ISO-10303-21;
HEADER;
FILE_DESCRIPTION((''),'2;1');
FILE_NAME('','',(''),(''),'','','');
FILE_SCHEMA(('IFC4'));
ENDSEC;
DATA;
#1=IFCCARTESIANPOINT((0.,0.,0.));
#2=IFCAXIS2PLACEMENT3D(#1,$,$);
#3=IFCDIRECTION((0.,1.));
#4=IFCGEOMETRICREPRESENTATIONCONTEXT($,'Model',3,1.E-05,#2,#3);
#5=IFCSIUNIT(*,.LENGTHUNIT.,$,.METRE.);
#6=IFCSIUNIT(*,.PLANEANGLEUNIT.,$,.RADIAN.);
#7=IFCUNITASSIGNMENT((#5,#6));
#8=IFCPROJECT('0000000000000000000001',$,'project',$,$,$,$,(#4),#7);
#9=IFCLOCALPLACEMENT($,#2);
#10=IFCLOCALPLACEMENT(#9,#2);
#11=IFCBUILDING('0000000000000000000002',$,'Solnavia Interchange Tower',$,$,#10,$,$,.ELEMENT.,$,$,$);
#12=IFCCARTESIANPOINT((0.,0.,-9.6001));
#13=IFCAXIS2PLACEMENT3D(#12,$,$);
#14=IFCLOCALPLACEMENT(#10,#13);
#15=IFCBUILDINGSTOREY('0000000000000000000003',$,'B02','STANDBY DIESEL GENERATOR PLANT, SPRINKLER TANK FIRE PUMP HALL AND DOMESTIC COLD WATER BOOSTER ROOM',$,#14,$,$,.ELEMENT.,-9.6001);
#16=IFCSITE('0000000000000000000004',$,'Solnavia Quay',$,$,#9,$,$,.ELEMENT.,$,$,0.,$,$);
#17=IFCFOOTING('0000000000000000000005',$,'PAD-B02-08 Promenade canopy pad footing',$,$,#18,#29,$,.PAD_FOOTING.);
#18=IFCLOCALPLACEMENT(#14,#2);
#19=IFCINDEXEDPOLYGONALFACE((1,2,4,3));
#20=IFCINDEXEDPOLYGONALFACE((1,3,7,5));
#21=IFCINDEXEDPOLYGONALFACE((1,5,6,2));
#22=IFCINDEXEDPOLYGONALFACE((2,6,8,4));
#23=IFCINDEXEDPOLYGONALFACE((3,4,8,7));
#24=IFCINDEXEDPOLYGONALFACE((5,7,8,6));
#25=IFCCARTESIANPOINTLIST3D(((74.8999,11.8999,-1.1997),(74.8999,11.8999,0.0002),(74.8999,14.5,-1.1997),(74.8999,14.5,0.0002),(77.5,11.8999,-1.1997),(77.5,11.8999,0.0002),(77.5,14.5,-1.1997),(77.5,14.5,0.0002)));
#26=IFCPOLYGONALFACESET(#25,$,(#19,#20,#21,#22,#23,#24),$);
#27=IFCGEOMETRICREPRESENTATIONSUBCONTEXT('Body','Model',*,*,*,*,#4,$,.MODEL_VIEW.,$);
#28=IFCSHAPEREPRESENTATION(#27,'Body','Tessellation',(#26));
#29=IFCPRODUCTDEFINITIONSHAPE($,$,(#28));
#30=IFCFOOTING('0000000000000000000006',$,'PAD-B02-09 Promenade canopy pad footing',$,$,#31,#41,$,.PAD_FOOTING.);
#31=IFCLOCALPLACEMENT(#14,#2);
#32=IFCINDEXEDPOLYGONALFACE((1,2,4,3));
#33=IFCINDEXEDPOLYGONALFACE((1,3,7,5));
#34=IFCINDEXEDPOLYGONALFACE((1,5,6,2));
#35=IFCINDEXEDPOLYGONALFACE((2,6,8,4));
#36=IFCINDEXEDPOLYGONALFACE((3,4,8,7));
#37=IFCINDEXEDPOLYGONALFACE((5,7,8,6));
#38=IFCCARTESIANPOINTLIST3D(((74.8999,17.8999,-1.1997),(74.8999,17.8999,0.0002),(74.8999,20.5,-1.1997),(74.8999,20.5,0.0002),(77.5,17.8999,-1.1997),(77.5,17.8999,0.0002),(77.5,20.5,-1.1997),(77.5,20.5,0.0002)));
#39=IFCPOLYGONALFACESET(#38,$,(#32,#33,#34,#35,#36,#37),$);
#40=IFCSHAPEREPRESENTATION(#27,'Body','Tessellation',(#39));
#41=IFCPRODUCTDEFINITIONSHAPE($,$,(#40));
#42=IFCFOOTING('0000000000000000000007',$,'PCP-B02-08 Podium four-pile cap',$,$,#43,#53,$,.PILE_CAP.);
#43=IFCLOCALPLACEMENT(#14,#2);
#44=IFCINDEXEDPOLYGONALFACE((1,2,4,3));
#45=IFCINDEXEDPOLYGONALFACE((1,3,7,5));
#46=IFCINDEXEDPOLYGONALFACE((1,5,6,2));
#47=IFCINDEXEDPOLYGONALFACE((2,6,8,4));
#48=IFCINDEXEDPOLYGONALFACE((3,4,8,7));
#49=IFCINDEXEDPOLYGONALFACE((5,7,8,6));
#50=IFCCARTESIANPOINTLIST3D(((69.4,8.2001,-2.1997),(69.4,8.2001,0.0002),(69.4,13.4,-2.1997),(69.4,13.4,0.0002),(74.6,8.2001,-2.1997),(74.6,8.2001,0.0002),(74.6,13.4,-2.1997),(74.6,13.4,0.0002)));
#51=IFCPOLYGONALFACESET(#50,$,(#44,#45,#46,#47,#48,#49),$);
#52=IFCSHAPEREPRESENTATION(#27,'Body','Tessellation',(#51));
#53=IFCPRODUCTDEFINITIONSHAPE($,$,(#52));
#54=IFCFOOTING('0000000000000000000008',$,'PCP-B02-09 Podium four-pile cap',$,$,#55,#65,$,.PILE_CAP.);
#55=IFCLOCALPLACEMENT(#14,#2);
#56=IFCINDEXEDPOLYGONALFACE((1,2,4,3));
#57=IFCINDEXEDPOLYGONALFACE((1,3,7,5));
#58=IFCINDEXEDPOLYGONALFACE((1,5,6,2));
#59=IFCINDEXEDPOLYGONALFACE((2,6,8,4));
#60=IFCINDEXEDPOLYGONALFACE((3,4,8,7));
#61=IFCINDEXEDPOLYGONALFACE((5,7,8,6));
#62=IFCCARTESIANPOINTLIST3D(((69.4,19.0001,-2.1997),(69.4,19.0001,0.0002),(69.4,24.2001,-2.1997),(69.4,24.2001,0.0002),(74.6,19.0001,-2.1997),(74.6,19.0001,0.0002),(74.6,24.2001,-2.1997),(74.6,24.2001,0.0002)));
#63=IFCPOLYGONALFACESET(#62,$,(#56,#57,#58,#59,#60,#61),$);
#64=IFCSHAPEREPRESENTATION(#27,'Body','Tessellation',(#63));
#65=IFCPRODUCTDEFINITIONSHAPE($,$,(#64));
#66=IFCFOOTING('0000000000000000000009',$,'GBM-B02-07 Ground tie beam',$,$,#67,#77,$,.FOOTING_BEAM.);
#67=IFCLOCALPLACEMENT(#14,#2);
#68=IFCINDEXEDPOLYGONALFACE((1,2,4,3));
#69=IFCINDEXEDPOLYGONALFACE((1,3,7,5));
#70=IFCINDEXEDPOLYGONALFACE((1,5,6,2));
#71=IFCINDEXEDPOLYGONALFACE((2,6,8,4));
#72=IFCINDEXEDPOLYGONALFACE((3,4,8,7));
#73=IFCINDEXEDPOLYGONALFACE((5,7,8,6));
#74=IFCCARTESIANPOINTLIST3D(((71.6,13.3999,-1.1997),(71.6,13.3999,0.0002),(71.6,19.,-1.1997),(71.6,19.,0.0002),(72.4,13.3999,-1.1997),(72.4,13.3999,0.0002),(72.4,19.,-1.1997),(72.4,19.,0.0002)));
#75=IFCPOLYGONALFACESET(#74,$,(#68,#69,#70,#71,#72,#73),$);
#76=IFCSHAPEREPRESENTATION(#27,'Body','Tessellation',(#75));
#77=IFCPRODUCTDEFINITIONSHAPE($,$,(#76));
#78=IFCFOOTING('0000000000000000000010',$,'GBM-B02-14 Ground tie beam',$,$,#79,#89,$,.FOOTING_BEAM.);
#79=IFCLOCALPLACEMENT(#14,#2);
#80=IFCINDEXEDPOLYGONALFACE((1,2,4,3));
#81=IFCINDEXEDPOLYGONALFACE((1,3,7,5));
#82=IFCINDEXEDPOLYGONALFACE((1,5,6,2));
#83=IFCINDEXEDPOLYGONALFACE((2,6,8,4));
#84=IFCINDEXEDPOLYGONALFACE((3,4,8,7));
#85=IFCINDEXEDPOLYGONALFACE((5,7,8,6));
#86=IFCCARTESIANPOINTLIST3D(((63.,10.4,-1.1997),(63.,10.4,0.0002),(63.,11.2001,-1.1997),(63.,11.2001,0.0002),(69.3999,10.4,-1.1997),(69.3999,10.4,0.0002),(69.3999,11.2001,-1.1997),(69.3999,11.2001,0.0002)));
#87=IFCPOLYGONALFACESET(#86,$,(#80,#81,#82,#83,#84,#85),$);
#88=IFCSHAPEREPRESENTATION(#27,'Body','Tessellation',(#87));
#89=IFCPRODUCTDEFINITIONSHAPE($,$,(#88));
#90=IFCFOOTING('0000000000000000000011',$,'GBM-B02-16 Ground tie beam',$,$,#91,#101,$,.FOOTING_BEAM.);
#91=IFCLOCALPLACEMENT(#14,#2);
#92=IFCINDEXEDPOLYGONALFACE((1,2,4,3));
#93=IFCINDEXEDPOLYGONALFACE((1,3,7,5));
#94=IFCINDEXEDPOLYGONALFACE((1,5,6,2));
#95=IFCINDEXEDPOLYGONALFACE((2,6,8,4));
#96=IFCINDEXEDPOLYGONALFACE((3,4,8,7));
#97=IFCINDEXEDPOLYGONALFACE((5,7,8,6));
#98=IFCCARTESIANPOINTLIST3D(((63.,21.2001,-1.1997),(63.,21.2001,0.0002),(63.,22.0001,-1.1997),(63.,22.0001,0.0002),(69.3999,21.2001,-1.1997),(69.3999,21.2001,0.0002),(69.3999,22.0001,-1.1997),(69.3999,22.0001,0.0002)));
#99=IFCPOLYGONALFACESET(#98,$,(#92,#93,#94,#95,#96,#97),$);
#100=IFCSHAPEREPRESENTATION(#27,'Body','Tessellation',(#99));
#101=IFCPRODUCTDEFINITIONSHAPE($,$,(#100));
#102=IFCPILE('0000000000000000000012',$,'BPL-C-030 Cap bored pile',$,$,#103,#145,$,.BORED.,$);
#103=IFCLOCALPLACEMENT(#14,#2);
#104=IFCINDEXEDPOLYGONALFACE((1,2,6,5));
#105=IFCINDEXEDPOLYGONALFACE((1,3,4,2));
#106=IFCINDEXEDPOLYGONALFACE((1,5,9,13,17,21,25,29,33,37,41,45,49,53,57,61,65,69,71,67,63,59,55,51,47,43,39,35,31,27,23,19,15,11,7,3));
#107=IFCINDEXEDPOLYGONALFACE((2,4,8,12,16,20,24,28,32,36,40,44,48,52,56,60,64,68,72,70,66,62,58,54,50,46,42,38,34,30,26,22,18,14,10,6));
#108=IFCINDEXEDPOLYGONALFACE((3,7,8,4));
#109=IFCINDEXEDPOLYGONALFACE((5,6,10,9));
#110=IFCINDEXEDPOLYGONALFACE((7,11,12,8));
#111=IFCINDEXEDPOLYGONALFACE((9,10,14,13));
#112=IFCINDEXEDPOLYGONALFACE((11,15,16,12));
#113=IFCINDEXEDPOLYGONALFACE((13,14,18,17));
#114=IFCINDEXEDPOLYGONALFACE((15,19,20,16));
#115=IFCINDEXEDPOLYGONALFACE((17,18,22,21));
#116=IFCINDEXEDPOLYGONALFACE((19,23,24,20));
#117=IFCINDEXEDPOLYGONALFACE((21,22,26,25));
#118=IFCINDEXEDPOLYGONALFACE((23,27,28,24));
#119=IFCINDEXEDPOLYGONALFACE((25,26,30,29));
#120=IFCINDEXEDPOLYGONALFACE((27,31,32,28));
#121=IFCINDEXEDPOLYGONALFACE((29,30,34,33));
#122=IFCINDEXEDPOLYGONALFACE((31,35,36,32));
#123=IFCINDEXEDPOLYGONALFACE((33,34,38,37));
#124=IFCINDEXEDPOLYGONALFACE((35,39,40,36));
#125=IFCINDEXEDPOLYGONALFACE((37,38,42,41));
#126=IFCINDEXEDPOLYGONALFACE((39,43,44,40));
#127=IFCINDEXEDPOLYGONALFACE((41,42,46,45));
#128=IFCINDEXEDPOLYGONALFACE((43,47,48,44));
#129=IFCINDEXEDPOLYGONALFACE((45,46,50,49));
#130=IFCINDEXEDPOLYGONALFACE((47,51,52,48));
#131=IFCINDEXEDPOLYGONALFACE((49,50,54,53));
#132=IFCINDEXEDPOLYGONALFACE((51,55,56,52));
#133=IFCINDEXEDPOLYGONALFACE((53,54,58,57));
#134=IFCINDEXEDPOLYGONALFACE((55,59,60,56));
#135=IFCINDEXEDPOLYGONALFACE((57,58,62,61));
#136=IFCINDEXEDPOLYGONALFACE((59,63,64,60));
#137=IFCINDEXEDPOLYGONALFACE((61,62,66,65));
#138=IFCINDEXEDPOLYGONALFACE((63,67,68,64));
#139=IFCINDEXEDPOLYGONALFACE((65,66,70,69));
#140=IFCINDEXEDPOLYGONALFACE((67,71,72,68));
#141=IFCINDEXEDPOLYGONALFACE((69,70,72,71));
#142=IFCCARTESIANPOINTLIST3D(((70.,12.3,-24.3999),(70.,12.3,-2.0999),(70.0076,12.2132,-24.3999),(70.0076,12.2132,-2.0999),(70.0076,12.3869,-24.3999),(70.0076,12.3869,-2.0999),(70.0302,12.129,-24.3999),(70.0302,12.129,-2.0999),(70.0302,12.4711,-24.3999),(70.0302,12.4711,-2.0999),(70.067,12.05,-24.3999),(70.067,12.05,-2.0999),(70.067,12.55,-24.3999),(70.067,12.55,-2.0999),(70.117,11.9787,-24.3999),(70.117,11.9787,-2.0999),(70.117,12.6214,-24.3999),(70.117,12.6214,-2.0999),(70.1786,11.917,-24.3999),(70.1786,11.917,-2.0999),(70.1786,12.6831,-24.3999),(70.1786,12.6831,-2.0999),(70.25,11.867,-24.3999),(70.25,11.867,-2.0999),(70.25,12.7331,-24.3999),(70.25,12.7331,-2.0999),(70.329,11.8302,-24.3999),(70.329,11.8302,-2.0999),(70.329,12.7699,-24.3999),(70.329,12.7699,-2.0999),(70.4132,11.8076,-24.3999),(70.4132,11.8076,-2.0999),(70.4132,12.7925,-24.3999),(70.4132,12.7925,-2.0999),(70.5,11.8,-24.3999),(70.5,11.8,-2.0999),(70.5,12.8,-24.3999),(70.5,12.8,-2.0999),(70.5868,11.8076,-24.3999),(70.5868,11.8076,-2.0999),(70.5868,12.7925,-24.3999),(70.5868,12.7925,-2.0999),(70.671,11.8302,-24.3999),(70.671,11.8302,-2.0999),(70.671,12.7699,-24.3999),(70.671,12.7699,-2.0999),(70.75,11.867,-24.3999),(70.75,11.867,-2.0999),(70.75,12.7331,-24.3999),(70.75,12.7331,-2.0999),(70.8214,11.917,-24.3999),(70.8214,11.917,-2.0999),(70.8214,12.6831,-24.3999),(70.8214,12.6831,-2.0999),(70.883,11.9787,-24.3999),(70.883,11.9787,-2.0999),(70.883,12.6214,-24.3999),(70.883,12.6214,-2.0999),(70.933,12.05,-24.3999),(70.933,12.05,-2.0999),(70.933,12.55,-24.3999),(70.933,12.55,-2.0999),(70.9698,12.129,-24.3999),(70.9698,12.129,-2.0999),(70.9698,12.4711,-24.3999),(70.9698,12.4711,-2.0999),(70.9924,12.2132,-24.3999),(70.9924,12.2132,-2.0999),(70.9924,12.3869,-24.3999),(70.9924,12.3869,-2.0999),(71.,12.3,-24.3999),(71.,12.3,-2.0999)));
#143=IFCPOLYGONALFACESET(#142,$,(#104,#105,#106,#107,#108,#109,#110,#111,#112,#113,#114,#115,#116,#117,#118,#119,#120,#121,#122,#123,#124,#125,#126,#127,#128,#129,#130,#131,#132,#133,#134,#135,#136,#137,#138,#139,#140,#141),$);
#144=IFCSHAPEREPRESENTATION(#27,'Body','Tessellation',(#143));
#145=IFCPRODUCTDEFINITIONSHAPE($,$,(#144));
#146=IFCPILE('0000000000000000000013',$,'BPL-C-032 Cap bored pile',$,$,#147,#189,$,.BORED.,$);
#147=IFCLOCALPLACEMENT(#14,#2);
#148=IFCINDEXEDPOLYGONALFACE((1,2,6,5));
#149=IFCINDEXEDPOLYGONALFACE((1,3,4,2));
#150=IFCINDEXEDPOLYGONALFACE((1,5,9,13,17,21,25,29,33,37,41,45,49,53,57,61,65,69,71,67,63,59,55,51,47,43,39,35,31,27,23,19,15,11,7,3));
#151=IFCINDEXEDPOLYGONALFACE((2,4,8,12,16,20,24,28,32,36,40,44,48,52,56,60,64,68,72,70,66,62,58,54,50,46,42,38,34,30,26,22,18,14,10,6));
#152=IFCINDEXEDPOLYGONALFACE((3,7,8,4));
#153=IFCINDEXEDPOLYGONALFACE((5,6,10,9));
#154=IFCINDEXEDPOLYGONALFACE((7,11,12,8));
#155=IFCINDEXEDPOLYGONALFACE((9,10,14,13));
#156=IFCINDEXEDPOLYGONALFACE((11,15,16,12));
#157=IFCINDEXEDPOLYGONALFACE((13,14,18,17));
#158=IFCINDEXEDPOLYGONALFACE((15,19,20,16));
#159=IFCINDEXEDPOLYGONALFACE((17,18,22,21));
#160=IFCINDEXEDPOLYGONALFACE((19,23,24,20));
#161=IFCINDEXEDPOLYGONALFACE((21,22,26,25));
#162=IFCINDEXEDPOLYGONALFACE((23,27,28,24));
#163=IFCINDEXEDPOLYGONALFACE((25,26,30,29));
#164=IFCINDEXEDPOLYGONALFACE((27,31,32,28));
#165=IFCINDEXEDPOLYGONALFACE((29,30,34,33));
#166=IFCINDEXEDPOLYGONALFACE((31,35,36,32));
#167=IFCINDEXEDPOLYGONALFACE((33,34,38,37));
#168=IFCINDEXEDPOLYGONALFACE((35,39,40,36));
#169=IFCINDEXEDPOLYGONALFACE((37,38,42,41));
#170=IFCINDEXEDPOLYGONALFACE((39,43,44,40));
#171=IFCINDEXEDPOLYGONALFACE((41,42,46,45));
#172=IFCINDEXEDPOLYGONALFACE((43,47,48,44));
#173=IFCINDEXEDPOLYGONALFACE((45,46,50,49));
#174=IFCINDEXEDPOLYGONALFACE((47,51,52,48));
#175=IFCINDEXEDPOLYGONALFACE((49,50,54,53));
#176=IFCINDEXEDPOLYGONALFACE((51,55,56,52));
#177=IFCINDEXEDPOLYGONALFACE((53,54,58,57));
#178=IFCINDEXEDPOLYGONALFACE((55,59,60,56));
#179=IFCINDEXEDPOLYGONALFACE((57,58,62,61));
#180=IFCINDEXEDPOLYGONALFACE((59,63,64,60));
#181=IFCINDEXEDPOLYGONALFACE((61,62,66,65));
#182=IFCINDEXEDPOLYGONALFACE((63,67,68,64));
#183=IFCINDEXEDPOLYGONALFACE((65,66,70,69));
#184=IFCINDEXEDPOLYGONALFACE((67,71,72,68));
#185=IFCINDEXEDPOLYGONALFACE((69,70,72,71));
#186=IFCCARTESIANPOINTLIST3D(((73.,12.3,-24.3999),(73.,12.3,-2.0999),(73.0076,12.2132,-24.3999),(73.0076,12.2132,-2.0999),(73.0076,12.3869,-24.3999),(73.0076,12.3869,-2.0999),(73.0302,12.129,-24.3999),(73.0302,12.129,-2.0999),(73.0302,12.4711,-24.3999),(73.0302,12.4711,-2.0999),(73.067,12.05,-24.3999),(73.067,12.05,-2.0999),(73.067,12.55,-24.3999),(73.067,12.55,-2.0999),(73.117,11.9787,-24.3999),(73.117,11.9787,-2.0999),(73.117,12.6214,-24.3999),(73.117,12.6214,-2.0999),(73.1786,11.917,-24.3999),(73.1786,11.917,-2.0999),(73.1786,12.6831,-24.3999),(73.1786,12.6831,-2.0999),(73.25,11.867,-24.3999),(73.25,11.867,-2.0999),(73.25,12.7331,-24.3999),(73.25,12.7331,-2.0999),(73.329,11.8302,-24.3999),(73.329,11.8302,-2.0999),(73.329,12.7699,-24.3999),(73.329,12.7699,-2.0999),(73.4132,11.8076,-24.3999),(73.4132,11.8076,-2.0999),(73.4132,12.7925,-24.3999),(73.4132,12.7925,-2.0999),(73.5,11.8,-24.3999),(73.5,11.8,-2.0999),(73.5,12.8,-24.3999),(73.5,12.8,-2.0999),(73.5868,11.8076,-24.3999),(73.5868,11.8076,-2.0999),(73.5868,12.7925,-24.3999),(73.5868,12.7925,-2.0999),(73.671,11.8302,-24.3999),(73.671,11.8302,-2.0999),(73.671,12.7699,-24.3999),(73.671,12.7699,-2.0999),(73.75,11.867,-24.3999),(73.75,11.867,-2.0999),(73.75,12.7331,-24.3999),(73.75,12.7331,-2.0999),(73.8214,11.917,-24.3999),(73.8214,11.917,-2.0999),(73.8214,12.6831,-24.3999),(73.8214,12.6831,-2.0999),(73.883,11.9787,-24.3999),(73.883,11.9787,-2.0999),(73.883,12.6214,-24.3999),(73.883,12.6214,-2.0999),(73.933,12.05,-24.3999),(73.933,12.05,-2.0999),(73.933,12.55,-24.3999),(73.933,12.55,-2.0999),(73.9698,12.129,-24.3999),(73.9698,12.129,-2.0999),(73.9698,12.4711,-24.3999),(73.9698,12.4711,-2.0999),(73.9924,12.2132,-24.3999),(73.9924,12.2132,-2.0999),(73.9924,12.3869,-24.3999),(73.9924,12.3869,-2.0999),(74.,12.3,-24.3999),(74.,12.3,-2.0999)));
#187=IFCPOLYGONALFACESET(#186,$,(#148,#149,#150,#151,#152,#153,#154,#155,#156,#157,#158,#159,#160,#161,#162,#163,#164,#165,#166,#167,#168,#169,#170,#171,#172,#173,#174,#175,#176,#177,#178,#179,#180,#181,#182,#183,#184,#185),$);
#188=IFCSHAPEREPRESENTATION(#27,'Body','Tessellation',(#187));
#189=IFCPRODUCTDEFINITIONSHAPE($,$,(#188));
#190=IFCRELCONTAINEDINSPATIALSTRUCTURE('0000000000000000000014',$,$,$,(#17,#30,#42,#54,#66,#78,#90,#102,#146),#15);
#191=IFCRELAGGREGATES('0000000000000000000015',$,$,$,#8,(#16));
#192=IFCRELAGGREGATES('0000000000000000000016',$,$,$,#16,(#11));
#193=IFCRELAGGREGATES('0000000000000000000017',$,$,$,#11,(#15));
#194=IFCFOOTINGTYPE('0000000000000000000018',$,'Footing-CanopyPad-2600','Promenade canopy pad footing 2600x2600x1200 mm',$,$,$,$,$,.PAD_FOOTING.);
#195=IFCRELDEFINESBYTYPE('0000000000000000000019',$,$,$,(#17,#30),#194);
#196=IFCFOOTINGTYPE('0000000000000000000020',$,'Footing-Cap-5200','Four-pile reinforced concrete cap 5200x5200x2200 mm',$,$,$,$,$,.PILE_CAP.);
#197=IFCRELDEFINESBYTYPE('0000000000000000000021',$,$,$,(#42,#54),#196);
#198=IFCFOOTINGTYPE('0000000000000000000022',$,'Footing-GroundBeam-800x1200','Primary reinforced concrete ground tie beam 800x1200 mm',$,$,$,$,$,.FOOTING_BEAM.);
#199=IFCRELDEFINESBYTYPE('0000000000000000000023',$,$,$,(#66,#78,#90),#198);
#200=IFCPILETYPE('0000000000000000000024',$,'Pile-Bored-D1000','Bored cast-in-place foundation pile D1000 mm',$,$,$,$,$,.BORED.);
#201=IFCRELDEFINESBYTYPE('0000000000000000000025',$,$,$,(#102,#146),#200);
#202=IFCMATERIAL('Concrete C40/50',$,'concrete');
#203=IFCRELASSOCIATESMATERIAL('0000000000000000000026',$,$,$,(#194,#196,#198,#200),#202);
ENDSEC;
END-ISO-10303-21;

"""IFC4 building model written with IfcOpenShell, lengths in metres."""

from ifc_helpers import new_model, si_unit, direction, frame, origin, origin_2d, place, context, subcontext, project, spatial, rectangle, circle, extrude, material, material_profile, profile_set, type_object, element, save


model = new_model("IFC4")

# Units and contexts
model_context = context("Model", 3, precision=1e-05, world=origin(), true_north=direction((0.0, 1.0)))
body_context = subcontext(model_context, "Body", "Model", "MODEL_VIEW")
ifc_project = project(units=[si_unit("LENGTHUNIT", "METRE"), si_unit("PLANEANGLEUNIT", "RADIAN")], contexts=[model_context])

# Site, building, storey
site_placement = place(None, origin())
site = spatial("IfcSite", under=ifc_project, at=site_placement, Name="Solnavia Quay", CompositionType="ELEMENT", RefElevation=0.0)
building_placement = place(site_placement, origin())
building = spatial("IfcBuilding", under=site, at=building_placement, Name="Solnavia Interchange Tower", CompositionType="ELEMENT")
storey_placement = place(building_placement, frame((0.0, 0.0, -9.6001)))
storey = spatial("IfcBuildingStorey", under=building, at=storey_placement, Name="B02", Description="STANDBY DIESEL GENERATOR PLANT, SPRINKLER TANK FIRE PUMP HALL AND DOMESTIC COLD WATER BOOSTER ROOM", CompositionType="ELEMENT", Elevation=-9.6001)

# Footings
ifc_material_1 = material(Name="Concrete C40/50", Category="concrete")
footing_type_1 = type_object("IfcFootingType", Name="Footing-CanopyPad-2600", Description="Promenade canopy pad footing 2600x2600x1200 mm", PredefinedType="PAD_FOOTING", material=ifc_material_1)
for number, where, z_axis, x_axis, name in (
    (1, (76.2, 13.2, -1.1997), (0.0, 0.0, 1.0), (1.0, 0.0, 0.0), "PAD-B02-08 Promenade canopy pad footing"),
    (2, (76.2, 19.2, -1.1997), (0.0, 0.0, 1.0), (1.0, 0.0, 0.0), "PAD-B02-09 Promenade canopy pad footing"),
):
    element("IfcFooting", number, at=place(storey_placement, frame(where, z_axis=z_axis, x_axis=x_axis)), inside=storey, type_object=footing_type_1, Name=name, PredefinedType="PAD_FOOTING", context=body_context, shape_type="SweptSolid", body=[
        extrude(rectangle(XDim=2.6001, YDim=2.6001, at=origin_2d()), origin(), (0.0, 0.0, 1.0), 1.2),
    ])
footing_type_2 = type_object("IfcFootingType", Name="Footing-Cap-5200", Description="Four-pile reinforced concrete cap 5200x5200x2200 mm", PredefinedType="PILE_CAP", material=ifc_material_1)
for number, where, z_axis, x_axis, name in (
    (3, (72.0, 10.8, -2.1997), (0.0, 0.0, 1.0), (1.0, 0.0, 0.0), "PCP-B02-08 Podium four-pile cap"),
    (4, (72.0, 21.6001, -2.1997), (0.0, 0.0, 1.0), (1.0, 0.0, 0.0), "PCP-B02-09 Podium four-pile cap"),
):
    element("IfcFooting", number, at=place(storey_placement, frame(where, z_axis=z_axis, x_axis=x_axis)), inside=storey, type_object=footing_type_2, Name=name, PredefinedType="PILE_CAP", context=body_context, shape_type="SweptSolid", body=[
        extrude(rectangle(XDim=5.2, YDim=5.2, at=origin_2d()), origin(), (0.0, 0.0, 1.0), 2.2),
    ])
footing_type_3 = type_object("IfcFootingType", Name="Footing-GroundBeam-800x1200", Description="Primary reinforced concrete ground tie beam 800x1200 mm", PredefinedType="FOOTING_BEAM", material=ifc_material_1)
footing_placement = place(storey_placement, frame((72.0, 16.2, -1.1997), z_axis=(0.0, 0.0, 1.0), x_axis=(0.0, 1.0, 0.0)))
element("IfcFooting", 5, at=footing_placement, inside=storey, type_object=footing_type_3, Name="GBM-B02-07 Ground tie beam", PredefinedType="FOOTING_BEAM", context=body_context, shape_type="SweptSolid", body=[
    extrude(rectangle(XDim=5.6001, YDim=0.8, at=origin_2d()), origin(), (0.0, 0.0, 1.0), 1.2),
])
for number, where, z_axis, x_axis, name in (
    (6, (66.2, 10.8, -1.1997), (0.0, 0.0, 1.0), (1.0, 0.0, 0.0), "GBM-B02-14 Ground tie beam"),
    (7, (66.2, 21.6001, -1.1997), (0.0, 0.0, 1.0), (1.0, 0.0, 0.0), "GBM-B02-16 Ground tie beam"),
):
    element("IfcFooting", number, at=place(storey_placement, frame(where, z_axis=z_axis, x_axis=x_axis)), inside=storey, type_object=footing_type_3, Name=name, PredefinedType="FOOTING_BEAM", context=body_context, shape_type="SweptSolid", body=[
        extrude(rectangle(XDim=6.3999, YDim=0.8, at=origin_2d()), origin(), (0.0, 0.0, 1.0), 1.2),
    ])

# Piles
ifc_material_profile_1 = material_profile(ifc_material_1, circle(Radius=0.5, at=origin_2d()), Name="PILE D1000")
ifc_profile_set_1 = profile_set([ifc_material_profile_1], Name="Concrete C40/50")
pile_type_1 = type_object("IfcPileType", Name="Pile-Bored-D1000", Description="Bored cast-in-place foundation pile D1000 mm", PredefinedType="BORED", material=ifc_profile_set_1)
for number, where, z_axis, x_axis, name in (
    (8, (70.5, 12.3, -2.0999), (0.0, 0.0, -1.0), (1.0, 0.0, 0.0), "BPL-C-030 Cap bored pile"),
    (9, (73.5, 12.3, -2.0999), (0.0, 0.0, -1.0), (1.0, 0.0, 0.0), "BPL-C-032 Cap bored pile"),
):
    element("IfcPile", number, at=place(storey_placement, frame(where, z_axis=z_axis, x_axis=x_axis)), inside=storey, type_object=pile_type_1, Name=name, PredefinedType="BORED", context=body_context, shape_type="SweptSolid", body=[
        extrude(circle(Radius=0.5, at=origin_2d()), origin(), (0.0, 0.0, 1.0), 22.3),
    ])

save(model, "model.ifc")
